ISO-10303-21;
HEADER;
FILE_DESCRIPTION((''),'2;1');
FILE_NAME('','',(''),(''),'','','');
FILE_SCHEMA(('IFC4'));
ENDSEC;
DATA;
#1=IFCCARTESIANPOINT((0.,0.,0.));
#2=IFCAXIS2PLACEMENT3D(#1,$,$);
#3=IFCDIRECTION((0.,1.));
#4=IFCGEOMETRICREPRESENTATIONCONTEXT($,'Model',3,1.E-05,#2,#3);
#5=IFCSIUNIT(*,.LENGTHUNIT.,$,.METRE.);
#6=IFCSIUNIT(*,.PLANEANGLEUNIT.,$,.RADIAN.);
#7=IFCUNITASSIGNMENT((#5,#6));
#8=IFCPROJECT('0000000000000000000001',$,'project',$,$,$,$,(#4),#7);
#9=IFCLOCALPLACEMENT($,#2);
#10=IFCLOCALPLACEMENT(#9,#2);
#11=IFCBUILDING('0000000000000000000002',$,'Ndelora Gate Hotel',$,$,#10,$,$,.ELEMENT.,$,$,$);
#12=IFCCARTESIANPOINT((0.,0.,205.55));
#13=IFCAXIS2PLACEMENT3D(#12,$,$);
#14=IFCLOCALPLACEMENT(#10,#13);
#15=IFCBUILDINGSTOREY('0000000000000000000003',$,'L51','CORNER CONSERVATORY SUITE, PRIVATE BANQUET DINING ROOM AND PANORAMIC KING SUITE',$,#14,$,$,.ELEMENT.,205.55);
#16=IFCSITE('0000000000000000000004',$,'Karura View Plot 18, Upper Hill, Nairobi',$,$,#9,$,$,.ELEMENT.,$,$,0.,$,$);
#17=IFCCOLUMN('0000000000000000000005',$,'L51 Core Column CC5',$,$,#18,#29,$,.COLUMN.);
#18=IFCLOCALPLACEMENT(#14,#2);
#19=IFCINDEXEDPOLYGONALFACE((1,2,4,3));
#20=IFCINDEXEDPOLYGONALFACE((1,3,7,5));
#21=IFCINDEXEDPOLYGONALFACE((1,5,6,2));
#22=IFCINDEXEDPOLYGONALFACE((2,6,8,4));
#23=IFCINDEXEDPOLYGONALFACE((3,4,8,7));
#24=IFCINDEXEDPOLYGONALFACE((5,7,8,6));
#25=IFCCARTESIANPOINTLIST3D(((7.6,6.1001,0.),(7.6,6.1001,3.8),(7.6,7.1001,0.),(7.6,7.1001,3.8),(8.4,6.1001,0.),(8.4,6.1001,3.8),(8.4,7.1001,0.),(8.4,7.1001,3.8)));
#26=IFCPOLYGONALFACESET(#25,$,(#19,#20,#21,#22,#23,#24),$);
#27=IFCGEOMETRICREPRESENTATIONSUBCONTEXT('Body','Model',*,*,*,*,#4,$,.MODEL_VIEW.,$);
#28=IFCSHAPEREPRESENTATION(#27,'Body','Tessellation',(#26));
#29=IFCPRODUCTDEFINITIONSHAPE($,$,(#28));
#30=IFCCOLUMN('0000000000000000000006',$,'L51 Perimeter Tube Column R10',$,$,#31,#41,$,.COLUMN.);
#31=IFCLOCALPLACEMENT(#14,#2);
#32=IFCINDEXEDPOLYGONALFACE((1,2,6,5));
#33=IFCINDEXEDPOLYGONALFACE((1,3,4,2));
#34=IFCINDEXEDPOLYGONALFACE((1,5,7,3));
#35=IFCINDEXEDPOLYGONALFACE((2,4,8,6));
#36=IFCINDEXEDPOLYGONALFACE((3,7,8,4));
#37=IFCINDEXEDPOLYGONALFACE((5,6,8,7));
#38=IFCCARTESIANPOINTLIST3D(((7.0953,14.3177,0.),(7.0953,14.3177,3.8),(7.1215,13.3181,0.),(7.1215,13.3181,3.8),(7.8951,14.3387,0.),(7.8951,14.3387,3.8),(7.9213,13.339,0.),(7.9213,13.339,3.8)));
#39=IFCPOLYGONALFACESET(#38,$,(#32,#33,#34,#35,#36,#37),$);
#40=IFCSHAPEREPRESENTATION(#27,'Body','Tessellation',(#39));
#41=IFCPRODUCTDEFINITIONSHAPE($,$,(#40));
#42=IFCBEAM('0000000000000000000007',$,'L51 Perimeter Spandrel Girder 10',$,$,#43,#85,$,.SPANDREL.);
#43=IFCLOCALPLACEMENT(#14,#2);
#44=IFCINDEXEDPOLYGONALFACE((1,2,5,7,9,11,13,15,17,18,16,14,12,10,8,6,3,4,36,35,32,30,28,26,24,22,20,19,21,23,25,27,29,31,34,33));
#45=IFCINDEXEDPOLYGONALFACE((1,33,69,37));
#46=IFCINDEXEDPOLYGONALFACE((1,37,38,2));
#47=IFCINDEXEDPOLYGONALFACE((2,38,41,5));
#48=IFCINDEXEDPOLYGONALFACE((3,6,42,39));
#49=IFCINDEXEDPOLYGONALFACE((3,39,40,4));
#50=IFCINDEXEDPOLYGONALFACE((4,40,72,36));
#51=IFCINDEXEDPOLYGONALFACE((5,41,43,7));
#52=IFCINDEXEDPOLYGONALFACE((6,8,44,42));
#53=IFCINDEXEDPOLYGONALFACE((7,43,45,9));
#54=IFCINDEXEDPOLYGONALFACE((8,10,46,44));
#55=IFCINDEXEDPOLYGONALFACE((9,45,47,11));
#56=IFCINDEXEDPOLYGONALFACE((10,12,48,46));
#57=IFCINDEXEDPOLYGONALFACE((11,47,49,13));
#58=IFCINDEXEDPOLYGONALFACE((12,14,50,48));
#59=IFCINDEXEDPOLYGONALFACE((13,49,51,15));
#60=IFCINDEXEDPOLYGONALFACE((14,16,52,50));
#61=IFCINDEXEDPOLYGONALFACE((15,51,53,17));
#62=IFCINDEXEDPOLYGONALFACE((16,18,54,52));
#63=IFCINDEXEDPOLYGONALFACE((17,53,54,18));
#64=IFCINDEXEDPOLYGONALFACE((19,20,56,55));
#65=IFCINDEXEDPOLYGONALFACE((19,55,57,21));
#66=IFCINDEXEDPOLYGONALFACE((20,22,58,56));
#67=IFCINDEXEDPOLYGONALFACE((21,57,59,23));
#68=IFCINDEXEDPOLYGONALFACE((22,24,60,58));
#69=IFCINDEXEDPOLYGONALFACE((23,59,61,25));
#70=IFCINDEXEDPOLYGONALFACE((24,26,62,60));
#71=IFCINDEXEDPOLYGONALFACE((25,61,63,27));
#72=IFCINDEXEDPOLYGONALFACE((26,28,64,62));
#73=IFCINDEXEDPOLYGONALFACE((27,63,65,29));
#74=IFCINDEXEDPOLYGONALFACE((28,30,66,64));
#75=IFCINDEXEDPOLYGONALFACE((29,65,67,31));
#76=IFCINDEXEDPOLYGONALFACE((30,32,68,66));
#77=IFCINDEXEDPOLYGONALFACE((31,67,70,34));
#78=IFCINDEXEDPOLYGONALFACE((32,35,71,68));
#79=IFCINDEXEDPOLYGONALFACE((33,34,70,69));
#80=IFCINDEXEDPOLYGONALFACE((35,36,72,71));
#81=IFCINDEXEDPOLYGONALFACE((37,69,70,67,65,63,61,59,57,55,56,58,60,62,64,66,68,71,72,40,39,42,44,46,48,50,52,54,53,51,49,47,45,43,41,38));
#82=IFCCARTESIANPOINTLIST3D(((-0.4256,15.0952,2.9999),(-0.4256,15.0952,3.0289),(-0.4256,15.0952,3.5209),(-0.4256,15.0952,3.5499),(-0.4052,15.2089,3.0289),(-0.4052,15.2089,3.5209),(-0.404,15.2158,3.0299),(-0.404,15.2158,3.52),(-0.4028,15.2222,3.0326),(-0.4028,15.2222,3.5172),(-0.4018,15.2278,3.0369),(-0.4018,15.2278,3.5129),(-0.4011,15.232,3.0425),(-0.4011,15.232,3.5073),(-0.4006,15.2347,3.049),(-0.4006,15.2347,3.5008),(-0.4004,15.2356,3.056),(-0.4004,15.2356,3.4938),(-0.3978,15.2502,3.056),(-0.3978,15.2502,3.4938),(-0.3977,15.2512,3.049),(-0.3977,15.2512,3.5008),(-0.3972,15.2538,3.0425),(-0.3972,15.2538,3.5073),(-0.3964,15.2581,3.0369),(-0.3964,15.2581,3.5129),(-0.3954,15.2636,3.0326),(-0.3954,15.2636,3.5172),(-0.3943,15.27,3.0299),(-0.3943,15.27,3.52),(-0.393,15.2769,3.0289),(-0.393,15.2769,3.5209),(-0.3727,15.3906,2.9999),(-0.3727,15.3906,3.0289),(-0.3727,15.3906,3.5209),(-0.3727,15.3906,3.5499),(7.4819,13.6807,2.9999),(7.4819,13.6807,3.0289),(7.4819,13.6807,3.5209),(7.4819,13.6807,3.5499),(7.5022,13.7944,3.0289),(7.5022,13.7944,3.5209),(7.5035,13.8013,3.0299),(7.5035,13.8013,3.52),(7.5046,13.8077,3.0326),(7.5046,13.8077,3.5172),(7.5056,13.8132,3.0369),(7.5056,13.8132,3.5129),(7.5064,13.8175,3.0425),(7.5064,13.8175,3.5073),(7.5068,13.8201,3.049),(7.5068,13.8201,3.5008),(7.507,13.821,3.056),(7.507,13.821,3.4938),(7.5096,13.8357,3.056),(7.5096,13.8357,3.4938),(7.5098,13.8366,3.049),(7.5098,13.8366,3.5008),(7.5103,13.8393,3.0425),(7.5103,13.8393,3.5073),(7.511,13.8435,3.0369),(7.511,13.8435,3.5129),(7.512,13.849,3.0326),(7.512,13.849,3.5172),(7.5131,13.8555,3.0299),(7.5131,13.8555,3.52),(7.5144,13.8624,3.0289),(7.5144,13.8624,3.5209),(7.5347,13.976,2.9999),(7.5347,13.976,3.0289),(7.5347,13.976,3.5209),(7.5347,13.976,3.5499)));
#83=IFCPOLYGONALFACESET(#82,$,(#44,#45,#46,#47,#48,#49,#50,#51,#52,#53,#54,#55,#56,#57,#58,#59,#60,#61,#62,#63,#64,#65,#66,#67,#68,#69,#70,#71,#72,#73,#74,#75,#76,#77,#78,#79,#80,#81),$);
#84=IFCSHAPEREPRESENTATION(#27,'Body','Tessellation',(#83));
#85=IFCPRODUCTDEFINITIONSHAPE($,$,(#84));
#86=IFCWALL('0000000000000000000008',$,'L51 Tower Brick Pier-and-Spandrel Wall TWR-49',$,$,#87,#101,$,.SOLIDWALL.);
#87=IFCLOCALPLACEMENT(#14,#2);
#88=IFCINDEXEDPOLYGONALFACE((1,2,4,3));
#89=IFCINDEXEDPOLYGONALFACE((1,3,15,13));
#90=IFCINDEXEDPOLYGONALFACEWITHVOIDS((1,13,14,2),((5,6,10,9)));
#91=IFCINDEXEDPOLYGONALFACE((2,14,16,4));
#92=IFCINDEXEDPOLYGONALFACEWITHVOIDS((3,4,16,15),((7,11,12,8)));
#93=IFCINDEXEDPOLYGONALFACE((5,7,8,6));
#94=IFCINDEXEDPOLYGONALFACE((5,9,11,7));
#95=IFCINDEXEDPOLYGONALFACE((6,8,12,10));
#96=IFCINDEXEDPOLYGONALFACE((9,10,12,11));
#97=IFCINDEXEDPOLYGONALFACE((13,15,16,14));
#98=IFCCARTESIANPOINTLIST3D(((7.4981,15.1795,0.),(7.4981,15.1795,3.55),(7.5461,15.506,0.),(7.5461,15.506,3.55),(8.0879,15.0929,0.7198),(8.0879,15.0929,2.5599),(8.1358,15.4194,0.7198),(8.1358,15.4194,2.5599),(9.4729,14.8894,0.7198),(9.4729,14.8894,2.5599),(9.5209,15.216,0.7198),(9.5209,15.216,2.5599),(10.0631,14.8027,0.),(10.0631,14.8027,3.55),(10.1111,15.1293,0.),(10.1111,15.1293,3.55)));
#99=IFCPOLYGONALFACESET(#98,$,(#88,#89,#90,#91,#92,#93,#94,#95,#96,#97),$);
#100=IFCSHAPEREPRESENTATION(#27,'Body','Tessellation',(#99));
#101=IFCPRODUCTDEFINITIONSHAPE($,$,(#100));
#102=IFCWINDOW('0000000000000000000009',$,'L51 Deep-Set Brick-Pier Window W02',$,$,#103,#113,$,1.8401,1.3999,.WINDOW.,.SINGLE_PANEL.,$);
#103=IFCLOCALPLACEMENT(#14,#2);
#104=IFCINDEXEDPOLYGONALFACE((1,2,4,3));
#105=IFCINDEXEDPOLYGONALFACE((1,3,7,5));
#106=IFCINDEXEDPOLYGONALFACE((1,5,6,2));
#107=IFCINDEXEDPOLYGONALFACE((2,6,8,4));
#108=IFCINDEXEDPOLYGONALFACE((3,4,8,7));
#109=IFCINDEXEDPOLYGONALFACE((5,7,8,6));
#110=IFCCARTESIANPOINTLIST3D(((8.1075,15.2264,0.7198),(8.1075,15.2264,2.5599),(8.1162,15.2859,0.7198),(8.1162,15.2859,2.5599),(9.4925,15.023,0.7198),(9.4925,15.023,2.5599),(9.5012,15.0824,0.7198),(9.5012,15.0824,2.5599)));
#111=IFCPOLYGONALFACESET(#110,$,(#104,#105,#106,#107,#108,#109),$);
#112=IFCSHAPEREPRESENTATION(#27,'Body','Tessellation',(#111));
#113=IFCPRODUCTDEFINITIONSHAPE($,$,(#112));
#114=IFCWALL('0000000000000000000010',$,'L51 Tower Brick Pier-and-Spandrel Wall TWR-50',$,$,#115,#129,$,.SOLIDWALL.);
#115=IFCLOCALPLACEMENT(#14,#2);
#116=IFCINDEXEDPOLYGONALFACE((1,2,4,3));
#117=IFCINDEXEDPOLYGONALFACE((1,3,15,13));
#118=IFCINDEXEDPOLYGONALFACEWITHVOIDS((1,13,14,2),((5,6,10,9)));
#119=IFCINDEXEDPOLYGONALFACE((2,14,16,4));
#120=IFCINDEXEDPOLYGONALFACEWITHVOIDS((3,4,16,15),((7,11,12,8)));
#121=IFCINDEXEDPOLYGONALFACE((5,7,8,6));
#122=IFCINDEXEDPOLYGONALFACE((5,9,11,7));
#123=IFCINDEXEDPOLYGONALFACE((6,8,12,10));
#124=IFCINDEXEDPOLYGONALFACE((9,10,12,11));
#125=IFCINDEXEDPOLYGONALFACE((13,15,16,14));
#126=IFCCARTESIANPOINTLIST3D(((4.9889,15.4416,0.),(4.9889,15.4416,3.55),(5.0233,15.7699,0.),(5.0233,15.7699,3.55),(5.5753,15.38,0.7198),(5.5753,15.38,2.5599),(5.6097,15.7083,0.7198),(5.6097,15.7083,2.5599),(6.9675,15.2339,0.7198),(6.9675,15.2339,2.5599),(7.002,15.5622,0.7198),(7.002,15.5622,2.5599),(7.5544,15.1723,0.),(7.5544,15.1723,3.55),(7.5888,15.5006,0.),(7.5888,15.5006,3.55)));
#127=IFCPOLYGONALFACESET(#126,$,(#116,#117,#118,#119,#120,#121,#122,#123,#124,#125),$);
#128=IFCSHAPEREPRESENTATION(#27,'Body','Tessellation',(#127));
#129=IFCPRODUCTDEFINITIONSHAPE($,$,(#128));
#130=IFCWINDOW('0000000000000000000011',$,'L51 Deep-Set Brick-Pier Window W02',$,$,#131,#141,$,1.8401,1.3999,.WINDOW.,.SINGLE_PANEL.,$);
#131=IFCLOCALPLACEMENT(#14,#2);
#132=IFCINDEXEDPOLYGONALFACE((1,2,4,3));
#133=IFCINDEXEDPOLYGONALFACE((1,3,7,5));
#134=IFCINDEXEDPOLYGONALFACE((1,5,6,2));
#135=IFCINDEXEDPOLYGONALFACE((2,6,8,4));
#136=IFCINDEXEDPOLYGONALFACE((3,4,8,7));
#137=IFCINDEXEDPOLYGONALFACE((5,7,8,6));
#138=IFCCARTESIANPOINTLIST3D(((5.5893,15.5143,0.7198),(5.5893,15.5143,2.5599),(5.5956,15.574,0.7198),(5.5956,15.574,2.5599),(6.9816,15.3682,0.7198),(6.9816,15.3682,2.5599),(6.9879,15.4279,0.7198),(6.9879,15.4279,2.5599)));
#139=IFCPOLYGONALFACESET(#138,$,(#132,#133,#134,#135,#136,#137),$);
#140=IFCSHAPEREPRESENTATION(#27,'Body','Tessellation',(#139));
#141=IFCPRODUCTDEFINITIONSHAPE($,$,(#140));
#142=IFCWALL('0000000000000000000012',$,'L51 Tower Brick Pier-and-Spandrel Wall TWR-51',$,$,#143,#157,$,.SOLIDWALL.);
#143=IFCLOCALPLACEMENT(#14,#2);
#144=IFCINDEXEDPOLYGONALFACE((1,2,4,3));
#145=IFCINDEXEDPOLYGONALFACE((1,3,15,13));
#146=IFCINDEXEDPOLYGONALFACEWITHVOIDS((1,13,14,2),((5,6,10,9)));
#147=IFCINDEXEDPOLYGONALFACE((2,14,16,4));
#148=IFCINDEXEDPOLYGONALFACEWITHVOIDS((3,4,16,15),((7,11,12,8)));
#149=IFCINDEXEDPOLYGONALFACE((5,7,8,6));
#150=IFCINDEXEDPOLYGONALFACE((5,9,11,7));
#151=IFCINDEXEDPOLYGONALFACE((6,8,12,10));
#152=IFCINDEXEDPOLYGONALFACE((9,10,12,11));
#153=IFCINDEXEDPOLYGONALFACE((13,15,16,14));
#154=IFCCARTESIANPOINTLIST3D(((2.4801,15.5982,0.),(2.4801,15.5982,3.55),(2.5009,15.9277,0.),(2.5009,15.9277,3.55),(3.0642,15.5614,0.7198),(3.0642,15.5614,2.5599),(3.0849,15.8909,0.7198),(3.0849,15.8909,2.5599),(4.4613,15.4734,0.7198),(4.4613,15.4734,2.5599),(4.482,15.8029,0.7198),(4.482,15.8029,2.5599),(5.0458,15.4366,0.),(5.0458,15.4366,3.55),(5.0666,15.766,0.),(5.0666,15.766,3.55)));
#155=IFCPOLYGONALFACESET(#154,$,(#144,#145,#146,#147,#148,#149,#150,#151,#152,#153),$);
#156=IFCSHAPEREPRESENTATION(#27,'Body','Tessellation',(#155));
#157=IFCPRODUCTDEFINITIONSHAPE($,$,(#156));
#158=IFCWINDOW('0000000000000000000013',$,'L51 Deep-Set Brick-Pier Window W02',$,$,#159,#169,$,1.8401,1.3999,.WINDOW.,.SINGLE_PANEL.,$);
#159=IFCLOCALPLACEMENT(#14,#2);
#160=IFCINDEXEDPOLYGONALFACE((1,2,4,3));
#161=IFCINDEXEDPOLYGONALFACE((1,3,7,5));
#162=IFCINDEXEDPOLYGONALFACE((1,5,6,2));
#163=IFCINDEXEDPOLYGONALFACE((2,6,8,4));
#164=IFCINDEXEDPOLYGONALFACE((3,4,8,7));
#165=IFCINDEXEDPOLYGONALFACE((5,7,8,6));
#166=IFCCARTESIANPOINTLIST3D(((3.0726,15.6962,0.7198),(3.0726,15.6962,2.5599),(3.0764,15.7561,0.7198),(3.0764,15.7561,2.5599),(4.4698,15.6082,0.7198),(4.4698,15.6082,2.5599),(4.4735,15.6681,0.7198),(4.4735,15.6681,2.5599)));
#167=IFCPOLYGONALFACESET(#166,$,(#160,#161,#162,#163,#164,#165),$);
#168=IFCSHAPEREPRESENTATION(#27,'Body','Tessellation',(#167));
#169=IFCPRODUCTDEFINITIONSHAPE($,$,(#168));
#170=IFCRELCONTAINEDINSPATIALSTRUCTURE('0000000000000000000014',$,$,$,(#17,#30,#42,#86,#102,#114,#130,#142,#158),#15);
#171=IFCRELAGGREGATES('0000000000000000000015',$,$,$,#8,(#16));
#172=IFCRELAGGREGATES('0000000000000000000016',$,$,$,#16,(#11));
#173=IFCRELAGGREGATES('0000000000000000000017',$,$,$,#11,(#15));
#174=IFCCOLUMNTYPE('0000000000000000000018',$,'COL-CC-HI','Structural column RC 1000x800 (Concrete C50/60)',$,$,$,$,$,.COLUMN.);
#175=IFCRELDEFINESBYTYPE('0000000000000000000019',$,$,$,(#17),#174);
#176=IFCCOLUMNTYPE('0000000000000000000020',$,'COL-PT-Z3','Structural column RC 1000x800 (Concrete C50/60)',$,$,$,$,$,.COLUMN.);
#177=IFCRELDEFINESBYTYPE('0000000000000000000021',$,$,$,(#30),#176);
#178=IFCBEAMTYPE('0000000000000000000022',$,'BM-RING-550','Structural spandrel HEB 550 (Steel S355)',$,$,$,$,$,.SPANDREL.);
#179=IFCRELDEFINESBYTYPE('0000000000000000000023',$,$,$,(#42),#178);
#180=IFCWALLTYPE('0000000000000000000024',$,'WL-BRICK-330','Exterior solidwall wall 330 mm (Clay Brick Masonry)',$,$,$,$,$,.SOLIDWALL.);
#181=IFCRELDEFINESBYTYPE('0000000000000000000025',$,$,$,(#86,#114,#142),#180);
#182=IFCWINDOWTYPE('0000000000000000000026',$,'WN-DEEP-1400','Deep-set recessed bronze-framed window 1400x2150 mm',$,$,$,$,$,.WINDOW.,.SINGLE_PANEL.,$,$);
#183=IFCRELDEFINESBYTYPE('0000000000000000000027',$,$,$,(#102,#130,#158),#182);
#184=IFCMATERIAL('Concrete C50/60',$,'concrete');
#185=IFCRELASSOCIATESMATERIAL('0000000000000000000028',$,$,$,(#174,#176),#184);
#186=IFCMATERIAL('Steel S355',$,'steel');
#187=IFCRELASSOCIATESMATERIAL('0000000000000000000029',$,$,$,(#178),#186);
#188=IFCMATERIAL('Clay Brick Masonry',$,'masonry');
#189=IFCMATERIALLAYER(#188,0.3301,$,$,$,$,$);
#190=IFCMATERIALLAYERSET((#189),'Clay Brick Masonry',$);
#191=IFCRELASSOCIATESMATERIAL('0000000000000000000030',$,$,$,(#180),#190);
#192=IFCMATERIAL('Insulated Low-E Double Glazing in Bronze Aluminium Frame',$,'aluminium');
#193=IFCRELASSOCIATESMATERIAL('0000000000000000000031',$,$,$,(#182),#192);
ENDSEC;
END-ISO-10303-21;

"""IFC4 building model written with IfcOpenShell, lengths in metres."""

from ifc_helpers import new_model, si_unit, direction, frame, frame_2d, origin, origin_2d, place, context, subcontext, project, spatial, rectangle, i_section, extrude, material, layer, layer_set, material_profile, profile_set, type_object, element, fill, save


model = new_model("IFC4")

# Units and contexts
model_context = context("Model", 3, precision=1e-05, world=origin(), true_north=direction((0.0, 1.0)))
body_context = subcontext(model_context, "Body", "Model", "MODEL_VIEW")
ifc_project = project(units=[si_unit("LENGTHUNIT", "METRE"), si_unit("PLANEANGLEUNIT", "RADIAN")], contexts=[model_context])

# Site, building, storey
site_placement = place(None, origin())
site = spatial("IfcSite", under=ifc_project, at=site_placement, Name="Karura View Plot 18, Upper Hill, Nairobi", CompositionType="ELEMENT", RefElevation=0.0)
building_placement = place(site_placement, origin())
building = spatial("IfcBuilding", under=site, at=building_placement, Name="Ndelora Gate Hotel", CompositionType="ELEMENT")
storey_placement = place(building_placement, frame((0.0, 0.0, 205.55)))
storey = spatial("IfcBuildingStorey", under=building, at=storey_placement, Name="L51", Description="CORNER CONSERVATORY SUITE, PRIVATE BANQUET DINING ROOM AND PANORAMIC KING SUITE", CompositionType="ELEMENT", Elevation=205.55)

# Columns
ifc_material_1 = material(Name="Concrete C50/60", Category="concrete")
ifc_material_profile_1 = material_profile(ifc_material_1, rectangle(XDim=0.8, YDim=1.0, at=origin_2d()), Name="RC 1000x800")
ifc_profile_set_1 = profile_set([ifc_material_profile_1], Name="Concrete C50/60")
column_type_1 = type_object("IfcColumnType", Name="COL-CC-HI", Description="Structural column RC 1000x800 (Concrete C50/60)", PredefinedType="COLUMN", material=ifc_profile_set_1)
column_1_placement = place(storey_placement, frame((8.0, 6.6001, 0.0), z_axis=(0.0, 0.0, 1.0), x_axis=(1.0, 0.0, 0.0)))
element("IfcColumn", 1, at=column_1_placement, inside=storey, type_object=column_type_1, Name="L51 Core Column CC5", PredefinedType="COLUMN", context=body_context, shape_type="SweptSolid", body=[
    extrude(rectangle(XDim=0.8, YDim=1.0, at=origin_2d()), origin(), (0.0, 0.0, 1.0), 3.8),
])
ifc_material_profile_2 = material_profile(ifc_material_1, rectangle(XDim=0.8, YDim=1.0, at=origin_2d()), Name="RC 1000x800")
ifc_profile_set_2 = profile_set([ifc_material_profile_2], Name="Concrete C50/60")
column_type_2 = type_object("IfcColumnType", Name="COL-PT-Z3", Description="Structural column RC 1000x800 (Concrete C50/60)", PredefinedType="COLUMN", material=ifc_profile_set_2)
column_2_placement = place(storey_placement, frame((7.5083, 13.8284, 0.0), z_axis=(0.0, 0.0, 1.0), x_axis=(0.999657, 0.026177, 0.0)))
element("IfcColumn", 2, at=column_2_placement, inside=storey, type_object=column_type_2, Name="L51 Perimeter Tube Column R10", PredefinedType="COLUMN", context=body_context, shape_type="SweptSolid", body=[
    extrude(rectangle(XDim=0.8, YDim=1.0, at=origin_2d()), origin(), (0.0, 0.0, 1.0), 3.8),
])

# Beam
ifc_material_2 = material(Name="Steel S355", Category="steel")
ifc_material_profile_3 = material_profile(ifc_material_2, i_section(OverallWidth=0.3, OverallDepth=0.55, WebThickness=0.0149, FlangeThickness=0.0291, FilletRadius=0.0271, at=origin_2d()), Name="HEB 550")
ifc_profile_set_3 = profile_set([ifc_material_profile_3], Name="Steel S355")
beam_type = type_object("IfcBeamType", Name="BM-RING-550", Description="Structural spandrel HEB 550 (Steel S355)", PredefinedType="SPANDREL", material=ifc_profile_set_3)
beam_placement = place(storey_placement, frame((7.5083, 13.8284, 3.2749), z_axis=(-0.984374, 0.176093, 0.0), x_axis=(-0.176093, -0.984374, 0.0)))
element("IfcBeam", 3, at=beam_placement, inside=storey, type_object=beam_type, Name="L51 Perimeter Spandrel Girder 10", PredefinedType="SPANDREL", context=body_context, shape_type="SweptSolid", body=[
    extrude(i_section(OverallWidth=0.3, OverallDepth=0.55, WebThickness=0.0149, FlangeThickness=0.0291, FilletRadius=0.0271, at=origin_2d()), origin(), (0.0, 0.0, 1.0), 8.033),
])

# Walls, openings, windows
ifc_material_3 = material(Name="Clay Brick Masonry", Category="masonry")
ifc_layer_1 = layer(ifc_material_3, 0.3301)
ifc_layer_set_1 = layer_set([ifc_layer_1], Name="Clay Brick Masonry")
wall_type_1 = type_object("IfcWallType", Name="WL-BRICK-330", Description="Exterior solidwall wall 330 mm (Clay Brick Masonry)", PredefinedType="SOLIDWALL", material=ifc_layer_set_1)
wall_1_placement = place(storey_placement, frame((7.522, 15.3428, 0.0), z_axis=(0.0, 0.0, 1.0), x_axis=(0.989386, -0.14531, 0.0)))
wall_1 = element("IfcWall", 4, at=wall_1_placement, inside=storey, type_object=wall_type_1, Name="L51 Tower Brick Pier-and-Spandrel Wall TWR-49", PredefinedType="SOLIDWALL", context=body_context, shape_type="SweptSolid", body=[
    extrude(rectangle(XDim=2.5925, YDim=0.3301, at=frame_2d((1.2964, 0.0))), origin(), (0.0, 0.0, 1.0), 3.55),
])
opening_1_placement = place(wall_1_placement, frame((0.5962, 0.0, 0.72)))
opening_1 = element("IfcOpeningElement", 5, at=opening_1_placement, cuts=wall_1, PredefinedType="OPENING", context=body_context, shape_type="SweptSolid", body=[
    extrude(rectangle(XDim=1.3999, YDim=1.8401, at=frame_2d((0.7, 0.9199))), frame((0.0, 0.175, 0.0), z_axis=(0.0, -1.0, 0.0), x_axis=(1.0, 0.0, 0.0)), (0.0, 0.0, 1.0), 0.3501),
])
ifc_material_4 = material(Name="Insulated Low-E Double Glazing in Bronze Aluminium Frame", Category="aluminium")
window_type = type_object("IfcWindowType", Name="WN-DEEP-1400", Description="Deep-set recessed bronze-framed window 1400x2150 mm", PartitioningType="SINGLE_PANEL", PredefinedType="WINDOW", material=ifc_material_4)
window_1_placement = place(opening_1_placement, origin())
window_1 = element("IfcWindow", 6, at=window_1_placement, inside=storey, type_object=window_type, Name="L51 Deep-Set Brick-Pier Window W02", OverallHeight=1.8401, OverallWidth=1.3999, PartitioningType="SINGLE_PANEL", PredefinedType="WINDOW", context=body_context, shape_type="SweptSolid", body=[
    extrude(rectangle(XDim=1.3999, YDim=1.8401, at=frame_2d((0.7, 0.9199))), frame((0.0, 0.03, 0.0), z_axis=(0.0, -1.0, 0.0), x_axis=(1.0, 0.0, 0.0)), (0.0, 0.0, 1.0), 0.0601),
])
fill(opening_1, window_1)
wall_2_placement = place(storey_placement, frame((5.0061, 15.6057, 0.0), z_axis=(0.0, 0.0, 1.0), x_axis=(0.994536, -0.104394, 0.0)))
wall_2 = element("IfcWall", 7, at=wall_2_placement, inside=storey, type_object=wall_type_1, Name="L51 Tower Brick Pier-and-Spandrel Wall TWR-50", PredefinedType="SOLIDWALL", context=body_context, shape_type="SweptSolid", body=[
    extrude(rectangle(XDim=2.5796, YDim=0.3301, at=frame_2d((1.2898, 0.0))), origin(), (0.0, 0.0, 1.0), 3.55),
])
opening_2_placement = place(wall_2_placement, frame((0.5896, 0.0, 0.72)))
opening_2 = element("IfcOpeningElement", 8, at=opening_2_placement, cuts=wall_2, PredefinedType="OPENING", context=body_context, shape_type="SweptSolid", body=[
    extrude(rectangle(XDim=1.3999, YDim=1.8401, at=frame_2d((0.7, 0.9199))), frame((0.0, 0.175, 0.0), z_axis=(0.0, -1.0, 0.0), x_axis=(1.0, 0.0, 0.0)), (0.0, 0.0, 1.0), 0.3501),
])
window_2_placement = place(opening_2_placement, origin())
window_2 = element("IfcWindow", 9, at=window_2_placement, inside=storey, type_object=window_type, Name="L51 Deep-Set Brick-Pier Window W02", OverallHeight=1.8401, OverallWidth=1.3999, PartitioningType="SINGLE_PANEL", PredefinedType="WINDOW", context=body_context, shape_type="SweptSolid", body=[
    extrude(rectangle(XDim=1.3999, YDim=1.8401, at=frame_2d((0.7, 0.9199))), frame((0.0, 0.03, 0.0), z_axis=(0.0, -1.0, 0.0), x_axis=(1.0, 0.0, 0.0)), (0.0, 0.0, 1.0), 0.0601),
])
fill(opening_2, window_2)
wall_3_placement = place(storey_placement, frame((2.4905, 15.7629, 0.0), z_axis=(0.0, 0.0, 1.0), x_axis=(0.998022, -0.062869, 0.0)))
wall_3 = element("IfcWall", 10, at=wall_3_placement, inside=storey, type_object=wall_type_1, Name="L51 Tower Brick Pier-and-Spandrel Wall TWR-51", PredefinedType="SOLIDWALL", context=body_context, shape_type="SweptSolid", body=[
    extrude(rectangle(XDim=2.5708, YDim=0.3301, at=frame_2d((1.2854, 0.0))), origin(), (0.0, 0.0, 1.0), 3.55),
])
opening_3_placement = place(wall_3_placement, frame((0.5852, 0.0, 0.72)))
opening_3 = element("IfcOpeningElement", 11, at=opening_3_placement, cuts=wall_3, PredefinedType="OPENING", context=body_context, shape_type="SweptSolid", body=[
    extrude(rectangle(XDim=1.3999, YDim=1.8401, at=frame_2d((0.7, 0.9199))), frame((0.0, 0.175, 0.0), z_axis=(0.0, -1.0, 0.0), x_axis=(1.0, 0.0, 0.0)), (0.0, 0.0, 1.0), 0.3501),
])
window_3_placement = place(opening_3_placement, origin())
window_3 = element("IfcWindow", 12, at=window_3_placement, inside=storey, type_object=window_type, Name="L51 Deep-Set Brick-Pier Window W02", OverallHeight=1.8401, OverallWidth=1.3999, PartitioningType="SINGLE_PANEL", PredefinedType="WINDOW", context=body_context, shape_type="SweptSolid", body=[
    extrude(rectangle(XDim=1.3999, YDim=1.8401, at=frame_2d((0.7, 0.9199))), frame((0.0, 0.03, 0.0), z_axis=(0.0, -1.0, 0.0), x_axis=(1.0, 0.0, 0.0)), (0.0, 0.0, 1.0), 0.0601),
])
fill(opening_3, window_3)

save(model, "model.ifc")
